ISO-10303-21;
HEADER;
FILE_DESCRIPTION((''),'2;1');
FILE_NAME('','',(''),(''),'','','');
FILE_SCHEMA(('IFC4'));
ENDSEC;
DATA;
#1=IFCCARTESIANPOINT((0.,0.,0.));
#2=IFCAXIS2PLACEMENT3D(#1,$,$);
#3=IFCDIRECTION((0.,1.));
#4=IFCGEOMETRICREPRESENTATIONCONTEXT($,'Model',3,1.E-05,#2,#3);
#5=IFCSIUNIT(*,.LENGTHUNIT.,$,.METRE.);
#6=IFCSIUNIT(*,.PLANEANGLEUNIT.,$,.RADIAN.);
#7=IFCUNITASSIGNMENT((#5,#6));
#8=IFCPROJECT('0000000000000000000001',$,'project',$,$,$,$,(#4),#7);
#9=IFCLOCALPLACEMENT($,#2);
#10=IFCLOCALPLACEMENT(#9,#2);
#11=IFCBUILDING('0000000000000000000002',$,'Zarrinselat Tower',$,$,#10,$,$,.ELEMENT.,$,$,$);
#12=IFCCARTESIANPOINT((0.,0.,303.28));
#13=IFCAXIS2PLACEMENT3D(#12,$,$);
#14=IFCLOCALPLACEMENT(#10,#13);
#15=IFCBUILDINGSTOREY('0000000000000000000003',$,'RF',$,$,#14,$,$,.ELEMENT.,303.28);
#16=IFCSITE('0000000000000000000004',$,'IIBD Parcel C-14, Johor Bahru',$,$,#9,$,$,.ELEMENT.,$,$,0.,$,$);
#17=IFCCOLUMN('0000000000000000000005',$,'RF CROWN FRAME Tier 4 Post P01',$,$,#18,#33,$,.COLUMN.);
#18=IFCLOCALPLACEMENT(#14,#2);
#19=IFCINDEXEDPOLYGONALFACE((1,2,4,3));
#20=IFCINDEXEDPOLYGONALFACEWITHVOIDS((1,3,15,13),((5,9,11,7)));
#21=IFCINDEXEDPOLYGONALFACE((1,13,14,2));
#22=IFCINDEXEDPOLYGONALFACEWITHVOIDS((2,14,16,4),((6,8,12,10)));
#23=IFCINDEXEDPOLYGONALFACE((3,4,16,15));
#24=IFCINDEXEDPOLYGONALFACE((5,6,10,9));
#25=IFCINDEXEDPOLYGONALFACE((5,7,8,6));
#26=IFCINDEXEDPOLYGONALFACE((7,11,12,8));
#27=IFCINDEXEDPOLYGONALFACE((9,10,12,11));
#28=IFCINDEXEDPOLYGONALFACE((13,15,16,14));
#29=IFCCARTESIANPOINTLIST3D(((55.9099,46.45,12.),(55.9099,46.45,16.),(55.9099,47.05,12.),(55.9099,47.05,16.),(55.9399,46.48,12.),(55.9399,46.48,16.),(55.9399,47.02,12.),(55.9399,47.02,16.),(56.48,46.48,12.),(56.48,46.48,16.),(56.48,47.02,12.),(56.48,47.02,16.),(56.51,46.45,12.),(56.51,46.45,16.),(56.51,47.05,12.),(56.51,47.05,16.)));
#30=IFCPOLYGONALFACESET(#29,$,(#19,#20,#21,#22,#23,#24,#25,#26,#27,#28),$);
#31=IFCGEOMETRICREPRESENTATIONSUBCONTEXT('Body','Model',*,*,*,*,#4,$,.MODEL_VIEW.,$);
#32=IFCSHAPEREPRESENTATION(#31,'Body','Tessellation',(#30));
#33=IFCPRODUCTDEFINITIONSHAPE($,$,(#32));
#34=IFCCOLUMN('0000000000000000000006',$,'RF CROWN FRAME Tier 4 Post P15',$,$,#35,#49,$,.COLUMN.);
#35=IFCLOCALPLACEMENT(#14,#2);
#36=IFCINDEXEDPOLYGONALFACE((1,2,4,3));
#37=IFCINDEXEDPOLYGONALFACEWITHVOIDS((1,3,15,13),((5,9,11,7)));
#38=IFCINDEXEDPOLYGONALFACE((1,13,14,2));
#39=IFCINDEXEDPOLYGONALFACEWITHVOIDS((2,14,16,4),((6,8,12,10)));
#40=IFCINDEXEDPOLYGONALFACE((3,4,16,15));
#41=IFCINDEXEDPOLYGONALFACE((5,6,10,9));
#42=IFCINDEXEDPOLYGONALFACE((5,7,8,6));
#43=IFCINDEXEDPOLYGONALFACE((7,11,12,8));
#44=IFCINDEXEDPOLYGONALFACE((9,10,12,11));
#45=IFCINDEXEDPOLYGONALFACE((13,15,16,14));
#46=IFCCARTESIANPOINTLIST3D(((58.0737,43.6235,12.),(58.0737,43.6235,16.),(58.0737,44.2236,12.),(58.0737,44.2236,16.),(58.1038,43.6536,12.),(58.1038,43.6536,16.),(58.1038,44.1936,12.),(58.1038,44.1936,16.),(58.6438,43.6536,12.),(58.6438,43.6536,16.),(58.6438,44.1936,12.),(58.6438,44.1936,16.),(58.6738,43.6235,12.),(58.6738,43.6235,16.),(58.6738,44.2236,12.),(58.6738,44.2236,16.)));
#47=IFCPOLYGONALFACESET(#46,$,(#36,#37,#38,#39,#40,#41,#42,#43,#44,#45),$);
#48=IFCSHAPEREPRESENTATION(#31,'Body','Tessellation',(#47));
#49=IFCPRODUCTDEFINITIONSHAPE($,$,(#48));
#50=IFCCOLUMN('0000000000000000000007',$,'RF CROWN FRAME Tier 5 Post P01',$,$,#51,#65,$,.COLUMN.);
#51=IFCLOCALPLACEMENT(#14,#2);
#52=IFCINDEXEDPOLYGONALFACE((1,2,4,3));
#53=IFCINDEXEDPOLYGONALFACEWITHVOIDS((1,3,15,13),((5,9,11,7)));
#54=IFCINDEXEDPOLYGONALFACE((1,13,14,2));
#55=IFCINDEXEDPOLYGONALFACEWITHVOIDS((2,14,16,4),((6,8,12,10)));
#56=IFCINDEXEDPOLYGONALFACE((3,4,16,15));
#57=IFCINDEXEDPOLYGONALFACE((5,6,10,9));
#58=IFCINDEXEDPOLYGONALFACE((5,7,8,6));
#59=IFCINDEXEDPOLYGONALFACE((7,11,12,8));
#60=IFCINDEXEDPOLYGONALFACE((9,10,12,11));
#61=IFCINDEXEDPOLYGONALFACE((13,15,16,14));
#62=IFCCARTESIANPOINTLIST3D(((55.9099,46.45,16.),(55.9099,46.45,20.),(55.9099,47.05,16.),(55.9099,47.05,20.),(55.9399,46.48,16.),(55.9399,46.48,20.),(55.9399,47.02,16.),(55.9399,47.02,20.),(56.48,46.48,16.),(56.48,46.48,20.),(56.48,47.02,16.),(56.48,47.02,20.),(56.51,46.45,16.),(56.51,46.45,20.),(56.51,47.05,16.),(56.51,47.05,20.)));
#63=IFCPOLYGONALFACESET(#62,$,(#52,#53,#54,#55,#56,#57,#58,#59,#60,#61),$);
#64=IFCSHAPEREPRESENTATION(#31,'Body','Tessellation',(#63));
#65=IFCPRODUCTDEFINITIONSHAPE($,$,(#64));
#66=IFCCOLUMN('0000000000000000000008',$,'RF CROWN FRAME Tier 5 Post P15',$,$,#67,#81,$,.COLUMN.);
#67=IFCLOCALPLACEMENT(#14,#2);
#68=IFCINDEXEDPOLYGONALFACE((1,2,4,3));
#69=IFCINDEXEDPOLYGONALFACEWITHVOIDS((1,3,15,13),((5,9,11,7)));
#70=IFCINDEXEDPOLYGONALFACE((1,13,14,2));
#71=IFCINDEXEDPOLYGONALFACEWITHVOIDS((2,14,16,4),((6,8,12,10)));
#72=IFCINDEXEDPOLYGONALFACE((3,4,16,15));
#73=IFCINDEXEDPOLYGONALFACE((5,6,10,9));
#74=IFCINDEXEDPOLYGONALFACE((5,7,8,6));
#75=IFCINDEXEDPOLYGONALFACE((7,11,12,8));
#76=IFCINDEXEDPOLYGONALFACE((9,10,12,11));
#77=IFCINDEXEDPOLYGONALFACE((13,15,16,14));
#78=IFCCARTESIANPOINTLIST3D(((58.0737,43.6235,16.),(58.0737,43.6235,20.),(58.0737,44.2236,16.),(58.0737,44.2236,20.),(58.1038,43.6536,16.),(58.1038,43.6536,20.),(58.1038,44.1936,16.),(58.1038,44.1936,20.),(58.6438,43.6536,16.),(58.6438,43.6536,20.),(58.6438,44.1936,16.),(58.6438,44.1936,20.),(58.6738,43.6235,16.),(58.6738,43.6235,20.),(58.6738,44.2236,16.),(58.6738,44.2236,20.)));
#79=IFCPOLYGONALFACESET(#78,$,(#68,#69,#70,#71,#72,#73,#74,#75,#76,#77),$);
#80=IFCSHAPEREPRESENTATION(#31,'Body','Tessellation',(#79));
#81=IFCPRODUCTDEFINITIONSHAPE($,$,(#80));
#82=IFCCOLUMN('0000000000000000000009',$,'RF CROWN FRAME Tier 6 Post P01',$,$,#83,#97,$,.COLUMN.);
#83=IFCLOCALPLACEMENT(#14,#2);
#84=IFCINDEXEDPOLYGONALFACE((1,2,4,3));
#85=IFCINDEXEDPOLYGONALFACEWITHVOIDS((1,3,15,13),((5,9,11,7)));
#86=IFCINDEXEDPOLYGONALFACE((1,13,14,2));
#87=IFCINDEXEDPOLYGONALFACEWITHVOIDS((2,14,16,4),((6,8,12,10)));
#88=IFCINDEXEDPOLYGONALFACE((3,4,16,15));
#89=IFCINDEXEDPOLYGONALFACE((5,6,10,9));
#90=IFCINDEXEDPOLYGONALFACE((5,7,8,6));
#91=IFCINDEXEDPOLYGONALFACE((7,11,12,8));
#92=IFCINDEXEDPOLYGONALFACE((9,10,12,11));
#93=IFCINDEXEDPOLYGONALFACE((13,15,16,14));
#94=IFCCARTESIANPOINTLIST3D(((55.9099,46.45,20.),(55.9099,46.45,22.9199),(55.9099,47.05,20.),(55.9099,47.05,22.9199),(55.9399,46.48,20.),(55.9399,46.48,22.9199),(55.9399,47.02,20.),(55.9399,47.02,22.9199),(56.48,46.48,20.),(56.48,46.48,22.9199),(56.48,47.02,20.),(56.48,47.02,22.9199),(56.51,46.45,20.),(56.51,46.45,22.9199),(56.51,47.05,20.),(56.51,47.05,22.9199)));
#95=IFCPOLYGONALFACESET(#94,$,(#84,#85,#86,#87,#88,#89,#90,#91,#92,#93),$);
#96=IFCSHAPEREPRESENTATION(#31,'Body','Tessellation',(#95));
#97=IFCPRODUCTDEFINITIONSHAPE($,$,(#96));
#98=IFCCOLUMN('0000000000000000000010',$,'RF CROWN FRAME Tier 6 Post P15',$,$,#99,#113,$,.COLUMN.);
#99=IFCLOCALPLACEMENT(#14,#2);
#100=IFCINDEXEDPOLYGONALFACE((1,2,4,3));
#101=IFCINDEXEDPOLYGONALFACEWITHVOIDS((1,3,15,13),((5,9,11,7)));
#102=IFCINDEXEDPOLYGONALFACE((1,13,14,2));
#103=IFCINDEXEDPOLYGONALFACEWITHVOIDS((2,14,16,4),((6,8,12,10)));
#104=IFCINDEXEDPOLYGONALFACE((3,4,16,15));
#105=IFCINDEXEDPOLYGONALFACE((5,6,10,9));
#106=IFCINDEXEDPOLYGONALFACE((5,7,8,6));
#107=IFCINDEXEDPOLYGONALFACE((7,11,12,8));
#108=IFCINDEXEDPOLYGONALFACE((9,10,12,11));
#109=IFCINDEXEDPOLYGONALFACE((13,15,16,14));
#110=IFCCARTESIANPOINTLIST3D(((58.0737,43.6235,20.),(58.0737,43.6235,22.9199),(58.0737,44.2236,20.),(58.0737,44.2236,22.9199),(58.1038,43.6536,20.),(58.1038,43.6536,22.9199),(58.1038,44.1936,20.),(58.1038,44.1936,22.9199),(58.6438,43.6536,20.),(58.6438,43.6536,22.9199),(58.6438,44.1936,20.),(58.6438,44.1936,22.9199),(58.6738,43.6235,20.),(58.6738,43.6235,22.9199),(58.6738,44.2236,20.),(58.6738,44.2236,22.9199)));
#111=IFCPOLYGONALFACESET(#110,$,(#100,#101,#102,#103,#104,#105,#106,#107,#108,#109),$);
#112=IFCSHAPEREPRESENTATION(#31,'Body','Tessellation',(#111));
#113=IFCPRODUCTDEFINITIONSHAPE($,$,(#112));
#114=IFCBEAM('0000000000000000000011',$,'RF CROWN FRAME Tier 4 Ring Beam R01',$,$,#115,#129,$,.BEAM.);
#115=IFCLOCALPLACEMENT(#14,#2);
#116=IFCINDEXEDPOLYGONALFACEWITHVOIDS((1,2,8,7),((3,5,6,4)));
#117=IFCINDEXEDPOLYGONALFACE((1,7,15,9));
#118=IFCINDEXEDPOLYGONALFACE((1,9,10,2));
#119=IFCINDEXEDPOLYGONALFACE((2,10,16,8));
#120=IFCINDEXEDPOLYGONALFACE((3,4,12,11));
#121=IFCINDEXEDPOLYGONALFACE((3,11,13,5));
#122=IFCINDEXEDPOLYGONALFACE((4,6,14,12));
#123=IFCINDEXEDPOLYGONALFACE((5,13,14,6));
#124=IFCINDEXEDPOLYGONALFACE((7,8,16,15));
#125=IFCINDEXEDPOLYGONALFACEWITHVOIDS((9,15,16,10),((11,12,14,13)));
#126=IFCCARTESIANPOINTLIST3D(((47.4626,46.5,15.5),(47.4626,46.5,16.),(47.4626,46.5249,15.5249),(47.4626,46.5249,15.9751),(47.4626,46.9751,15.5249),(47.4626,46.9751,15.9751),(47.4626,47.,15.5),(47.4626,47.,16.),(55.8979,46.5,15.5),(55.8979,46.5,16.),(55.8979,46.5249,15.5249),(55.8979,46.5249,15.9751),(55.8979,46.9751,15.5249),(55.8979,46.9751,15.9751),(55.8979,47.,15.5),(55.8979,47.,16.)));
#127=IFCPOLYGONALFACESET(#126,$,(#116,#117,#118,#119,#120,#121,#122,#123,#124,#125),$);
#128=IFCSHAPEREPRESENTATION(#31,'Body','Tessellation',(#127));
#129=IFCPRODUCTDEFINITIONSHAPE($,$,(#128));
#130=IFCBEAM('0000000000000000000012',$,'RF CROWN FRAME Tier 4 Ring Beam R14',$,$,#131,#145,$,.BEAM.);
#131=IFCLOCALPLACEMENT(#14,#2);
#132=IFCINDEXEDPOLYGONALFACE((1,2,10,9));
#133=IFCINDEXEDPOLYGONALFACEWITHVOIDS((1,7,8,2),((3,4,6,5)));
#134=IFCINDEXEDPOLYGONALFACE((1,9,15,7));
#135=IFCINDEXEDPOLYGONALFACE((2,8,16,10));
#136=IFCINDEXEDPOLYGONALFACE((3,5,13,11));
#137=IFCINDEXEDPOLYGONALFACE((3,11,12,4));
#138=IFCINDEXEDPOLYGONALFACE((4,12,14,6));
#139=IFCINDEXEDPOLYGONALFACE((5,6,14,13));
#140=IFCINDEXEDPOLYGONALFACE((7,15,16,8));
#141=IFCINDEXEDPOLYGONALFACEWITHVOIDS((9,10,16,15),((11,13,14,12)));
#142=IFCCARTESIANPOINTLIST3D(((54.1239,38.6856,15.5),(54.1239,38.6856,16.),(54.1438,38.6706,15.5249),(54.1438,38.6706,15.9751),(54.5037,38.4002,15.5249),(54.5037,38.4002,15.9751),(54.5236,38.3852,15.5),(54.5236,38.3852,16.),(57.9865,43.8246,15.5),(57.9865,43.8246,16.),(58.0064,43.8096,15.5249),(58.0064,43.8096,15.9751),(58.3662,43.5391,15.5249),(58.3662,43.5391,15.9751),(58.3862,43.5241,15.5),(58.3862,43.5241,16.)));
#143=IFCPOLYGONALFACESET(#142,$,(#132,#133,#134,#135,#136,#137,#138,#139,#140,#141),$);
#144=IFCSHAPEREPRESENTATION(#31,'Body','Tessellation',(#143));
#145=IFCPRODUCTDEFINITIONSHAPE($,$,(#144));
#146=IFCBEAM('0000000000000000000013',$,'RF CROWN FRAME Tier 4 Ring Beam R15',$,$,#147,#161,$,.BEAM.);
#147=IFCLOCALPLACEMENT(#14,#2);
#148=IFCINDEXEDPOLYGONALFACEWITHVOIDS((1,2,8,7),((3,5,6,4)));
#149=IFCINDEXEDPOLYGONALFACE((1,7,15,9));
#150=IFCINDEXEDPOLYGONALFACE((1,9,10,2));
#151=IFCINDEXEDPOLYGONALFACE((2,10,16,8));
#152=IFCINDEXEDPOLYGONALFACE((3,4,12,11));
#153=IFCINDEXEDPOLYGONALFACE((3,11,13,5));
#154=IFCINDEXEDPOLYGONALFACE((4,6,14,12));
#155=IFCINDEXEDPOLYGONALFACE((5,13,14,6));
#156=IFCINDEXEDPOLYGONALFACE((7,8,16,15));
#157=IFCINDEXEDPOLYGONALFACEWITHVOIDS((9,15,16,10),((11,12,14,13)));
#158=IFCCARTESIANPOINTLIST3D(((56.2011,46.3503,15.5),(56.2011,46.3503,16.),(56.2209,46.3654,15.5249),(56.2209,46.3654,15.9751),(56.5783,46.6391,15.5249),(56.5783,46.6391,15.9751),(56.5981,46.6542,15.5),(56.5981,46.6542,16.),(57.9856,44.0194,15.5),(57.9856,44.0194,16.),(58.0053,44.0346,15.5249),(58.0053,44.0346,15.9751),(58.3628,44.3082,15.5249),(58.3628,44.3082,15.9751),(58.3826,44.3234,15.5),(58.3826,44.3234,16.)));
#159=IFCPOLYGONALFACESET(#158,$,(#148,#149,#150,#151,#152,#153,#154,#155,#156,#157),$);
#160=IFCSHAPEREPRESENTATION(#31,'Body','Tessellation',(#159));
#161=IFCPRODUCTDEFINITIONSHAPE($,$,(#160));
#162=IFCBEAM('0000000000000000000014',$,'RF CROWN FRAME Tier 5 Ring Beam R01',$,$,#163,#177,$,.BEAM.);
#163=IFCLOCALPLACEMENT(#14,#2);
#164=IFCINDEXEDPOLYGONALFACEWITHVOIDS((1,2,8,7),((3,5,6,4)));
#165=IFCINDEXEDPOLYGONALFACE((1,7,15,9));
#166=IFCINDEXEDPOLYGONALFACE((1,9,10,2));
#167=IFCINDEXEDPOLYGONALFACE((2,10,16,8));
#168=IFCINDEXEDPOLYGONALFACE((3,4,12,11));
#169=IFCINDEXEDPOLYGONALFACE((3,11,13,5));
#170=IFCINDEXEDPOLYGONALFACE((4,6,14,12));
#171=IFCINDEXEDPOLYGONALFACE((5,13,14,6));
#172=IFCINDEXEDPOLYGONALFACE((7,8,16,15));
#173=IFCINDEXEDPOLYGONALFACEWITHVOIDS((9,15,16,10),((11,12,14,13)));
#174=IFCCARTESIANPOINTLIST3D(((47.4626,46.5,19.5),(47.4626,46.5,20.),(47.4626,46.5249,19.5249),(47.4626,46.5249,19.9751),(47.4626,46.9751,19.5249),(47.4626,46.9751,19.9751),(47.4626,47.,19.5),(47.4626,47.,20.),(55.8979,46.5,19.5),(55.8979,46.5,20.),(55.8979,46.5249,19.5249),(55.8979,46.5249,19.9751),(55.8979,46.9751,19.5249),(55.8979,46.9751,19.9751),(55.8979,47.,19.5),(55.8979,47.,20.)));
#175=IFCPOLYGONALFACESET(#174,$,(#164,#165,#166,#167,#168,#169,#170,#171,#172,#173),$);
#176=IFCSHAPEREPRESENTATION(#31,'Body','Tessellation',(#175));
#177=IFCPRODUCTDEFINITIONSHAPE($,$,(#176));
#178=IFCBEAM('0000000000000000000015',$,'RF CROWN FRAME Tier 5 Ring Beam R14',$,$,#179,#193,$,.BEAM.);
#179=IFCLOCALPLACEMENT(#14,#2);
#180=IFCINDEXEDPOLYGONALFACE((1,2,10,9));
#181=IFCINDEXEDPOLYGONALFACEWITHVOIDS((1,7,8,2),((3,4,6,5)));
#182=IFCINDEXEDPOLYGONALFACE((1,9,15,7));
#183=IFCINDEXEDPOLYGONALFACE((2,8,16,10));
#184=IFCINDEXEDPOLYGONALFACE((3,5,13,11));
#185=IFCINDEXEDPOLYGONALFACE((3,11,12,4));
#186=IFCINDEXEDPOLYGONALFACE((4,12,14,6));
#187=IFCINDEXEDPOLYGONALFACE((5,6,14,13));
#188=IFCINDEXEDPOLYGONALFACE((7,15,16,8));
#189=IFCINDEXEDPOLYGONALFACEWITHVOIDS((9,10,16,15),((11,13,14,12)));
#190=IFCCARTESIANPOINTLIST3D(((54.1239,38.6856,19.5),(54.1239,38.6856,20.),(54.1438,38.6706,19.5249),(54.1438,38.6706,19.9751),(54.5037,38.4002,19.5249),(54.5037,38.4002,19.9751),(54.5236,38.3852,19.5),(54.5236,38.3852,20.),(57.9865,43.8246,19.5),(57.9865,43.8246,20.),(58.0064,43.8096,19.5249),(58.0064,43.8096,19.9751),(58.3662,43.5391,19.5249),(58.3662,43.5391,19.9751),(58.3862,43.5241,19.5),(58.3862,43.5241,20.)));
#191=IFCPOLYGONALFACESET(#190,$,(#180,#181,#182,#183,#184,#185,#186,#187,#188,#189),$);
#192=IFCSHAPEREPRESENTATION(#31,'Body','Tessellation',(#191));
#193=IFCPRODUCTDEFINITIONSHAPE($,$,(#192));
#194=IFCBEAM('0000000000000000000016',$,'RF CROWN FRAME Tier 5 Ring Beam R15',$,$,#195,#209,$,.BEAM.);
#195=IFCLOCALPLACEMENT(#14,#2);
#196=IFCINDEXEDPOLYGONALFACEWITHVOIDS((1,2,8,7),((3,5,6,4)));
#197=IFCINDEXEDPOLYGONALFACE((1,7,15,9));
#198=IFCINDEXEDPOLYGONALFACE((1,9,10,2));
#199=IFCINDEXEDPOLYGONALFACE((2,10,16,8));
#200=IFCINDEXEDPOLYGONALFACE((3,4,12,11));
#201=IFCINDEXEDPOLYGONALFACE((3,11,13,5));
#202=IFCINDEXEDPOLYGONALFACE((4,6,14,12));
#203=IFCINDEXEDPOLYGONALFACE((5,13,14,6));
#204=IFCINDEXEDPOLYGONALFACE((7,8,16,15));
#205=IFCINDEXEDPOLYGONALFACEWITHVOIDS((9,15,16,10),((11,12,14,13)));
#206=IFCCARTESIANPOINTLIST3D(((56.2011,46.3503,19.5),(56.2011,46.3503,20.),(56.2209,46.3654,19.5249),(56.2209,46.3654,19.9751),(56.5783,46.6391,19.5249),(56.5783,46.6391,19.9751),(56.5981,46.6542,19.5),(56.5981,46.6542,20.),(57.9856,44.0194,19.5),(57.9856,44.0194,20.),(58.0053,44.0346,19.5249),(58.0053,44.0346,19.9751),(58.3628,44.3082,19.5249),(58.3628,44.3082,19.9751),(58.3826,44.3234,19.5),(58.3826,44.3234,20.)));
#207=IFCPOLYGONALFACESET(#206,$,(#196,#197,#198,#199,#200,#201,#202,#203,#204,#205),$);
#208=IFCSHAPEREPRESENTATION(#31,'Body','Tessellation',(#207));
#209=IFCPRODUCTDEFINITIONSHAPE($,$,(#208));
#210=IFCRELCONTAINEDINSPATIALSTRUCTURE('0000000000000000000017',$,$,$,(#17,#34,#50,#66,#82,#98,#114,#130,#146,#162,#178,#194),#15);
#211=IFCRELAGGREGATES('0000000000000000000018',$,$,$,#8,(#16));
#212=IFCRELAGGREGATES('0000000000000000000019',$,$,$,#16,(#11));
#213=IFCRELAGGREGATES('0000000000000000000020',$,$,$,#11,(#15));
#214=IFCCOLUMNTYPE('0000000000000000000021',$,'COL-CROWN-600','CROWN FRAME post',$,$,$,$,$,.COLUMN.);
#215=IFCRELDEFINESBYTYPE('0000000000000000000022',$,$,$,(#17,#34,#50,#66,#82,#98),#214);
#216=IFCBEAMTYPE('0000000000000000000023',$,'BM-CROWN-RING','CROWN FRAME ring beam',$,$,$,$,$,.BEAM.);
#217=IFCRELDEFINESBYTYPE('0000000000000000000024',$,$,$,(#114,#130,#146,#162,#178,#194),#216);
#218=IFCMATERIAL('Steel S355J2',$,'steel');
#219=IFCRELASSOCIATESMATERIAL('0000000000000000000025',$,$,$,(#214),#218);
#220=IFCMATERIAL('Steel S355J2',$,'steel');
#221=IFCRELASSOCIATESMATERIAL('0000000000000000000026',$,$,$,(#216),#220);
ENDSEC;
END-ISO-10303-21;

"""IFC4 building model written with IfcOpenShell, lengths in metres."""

from ifc_helpers import new_model, si_unit, direction, frame, origin, origin_2d, place, context, subcontext, project, spatial, hollow_rectangle, extrude, material, material_profile, profile_set, type_object, element, save


model = new_model("IFC4")

# Units and contexts
model_context = context("Model", 3, precision=1e-05, world=origin(), true_north=direction((0.0, 1.0)))
body_context = subcontext(model_context, "Body", "Model", "MODEL_VIEW")
ifc_project = project(units=[si_unit("LENGTHUNIT", "METRE"), si_unit("PLANEANGLEUNIT", "RADIAN")], contexts=[model_context])

# Site, building, storey
site_placement = place(None, origin())
site = spatial("IfcSite", under=ifc_project, at=site_placement, Name="IIBD Parcel C-14, Johor Bahru", CompositionType="ELEMENT", RefElevation=0.0)
building_placement = place(site_placement, origin())
building = spatial("IfcBuilding", under=site, at=building_placement, Name="Zarrinselat Tower", CompositionType="ELEMENT")
storey_placement = place(building_placement, frame((0.0, 0.0, 303.28)))
storey = spatial("IfcBuildingStorey", under=building, at=storey_placement, Name="RF", CompositionType="ELEMENT", Elevation=303.28)

# Columns
ifc_material_1 = material(Name="Steel S355J2", Category="steel")
ifc_material_profile_1 = material_profile(ifc_material_1, hollow_rectangle(XDim=0.6001, YDim=0.6001, WallThickness=0.03, at=origin_2d()), Name="SHS 600x600x30")
ifc_profile_set_1 = profile_set([ifc_material_profile_1], Name="Steel S355J2")
column_type = type_object("IfcColumnType", Name="COL-CROWN-600", Description="CROWN FRAME post", PredefinedType="COLUMN", material=ifc_profile_set_1)
for number, where, z_axis, x_axis, name in (
    (1, (56.21, 46.75, 12.0), (0.0, 0.0, 1.0), (1.0, 0.0, 0.0), "RF CROWN FRAME Tier 4 Post P01"),
    (2, (58.3738, 43.9236, 12.0), (0.0, 0.0, 1.0), (1.0, 0.0, 0.0), "RF CROWN FRAME Tier 4 Post P15"),
    (3, (56.21, 46.75, 16.0), (0.0, 0.0, 1.0), (1.0, 0.0, 0.0), "RF CROWN FRAME Tier 5 Post P01"),
    (4, (58.3738, 43.9236, 16.0), (0.0, 0.0, 1.0), (1.0, 0.0, 0.0), "RF CROWN FRAME Tier 5 Post P15"),
):
    element("IfcColumn", number, at=place(storey_placement, frame(where, z_axis=z_axis, x_axis=x_axis)), inside=storey, type_object=column_type, Name=name, PredefinedType="COLUMN", context=body_context, shape_type="SweptSolid", body=[
        extrude(hollow_rectangle(XDim=0.6001, YDim=0.6001, WallThickness=0.03, at=origin_2d()), origin(), (0.0, 0.0, 1.0), 4.0),
    ])
for number, where, z_axis, x_axis, name in (
    (5, (56.21, 46.75, 20.0), (0.0, 0.0, 1.0), (1.0, 0.0, 0.0), "RF CROWN FRAME Tier 6 Post P01"),
    (6, (58.3738, 43.9236, 20.0), (0.0, 0.0, 1.0), (1.0, 0.0, 0.0), "RF CROWN FRAME Tier 6 Post P15"),
):
    element("IfcColumn", number, at=place(storey_placement, frame(where, z_axis=z_axis, x_axis=x_axis)), inside=storey, type_object=column_type, Name=name, PredefinedType="COLUMN", context=body_context, shape_type="SweptSolid", body=[
        extrude(hollow_rectangle(XDim=0.6001, YDim=0.6001, WallThickness=0.03, at=origin_2d()), origin(), (0.0, 0.0, 1.0), 2.9199),
    ])

# Beams
ifc_material_2 = material(Name="Steel S355J2", Category="steel")
ifc_material_profile_2 = material_profile(ifc_material_2, hollow_rectangle(XDim=0.5, YDim=0.5, WallThickness=0.0249, at=origin_2d()), Name="SHS 500x500x25")
ifc_profile_set_2 = profile_set([ifc_material_profile_2], Name="Steel S355J2")
beam_type = type_object("IfcBeamType", Name="BM-CROWN-RING", Description="CROWN FRAME ring beam", PredefinedType="BEAM", material=ifc_profile_set_2)
beam_1_placement = place(storey_placement, frame((55.8979, 46.75, 15.75), z_axis=(-1.0, 0.0, 0.0), x_axis=(0.0, -1.0, 0.0)))
element("IfcBeam", 7, at=beam_1_placement, inside=storey, type_object=beam_type, Name="RF CROWN FRAME Tier 4 Ring Beam R01", PredefinedType="BEAM", context=body_context, shape_type="SweptSolid", body=[
    extrude(hollow_rectangle(XDim=0.5, YDim=0.5, WallThickness=0.0249, at=origin_2d()), origin(), (0.0, 0.0, 1.0), 8.4353),
])
beam_2_placement = place(storey_placement, frame((54.3237, 38.5354, 15.75), z_axis=(0.600832, 0.799375, 0.0), x_axis=(-0.799375, 0.600832, 0.0)))
element("IfcBeam", 8, at=beam_2_placement, inside=storey, type_object=beam_type, Name="RF CROWN FRAME Tier 4 Ring Beam R14", PredefinedType="BEAM", context=body_context, shape_type="SweptSolid", body=[
    extrude(hollow_rectangle(XDim=0.5, YDim=0.5, WallThickness=0.0249, at=origin_2d()), origin(), (0.0, 0.0, 1.0), 6.4287),
])
beam_3_placement = place(storey_placement, frame((58.1841, 44.1714, 15.75), z_axis=(-0.607888, 0.794022, 0.0), x_axis=(-0.794022, -0.607888, 0.0)))
element("IfcBeam", 9, at=beam_3_placement, inside=storey, type_object=beam_type, Name="RF CROWN FRAME Tier 4 Ring Beam R15", PredefinedType="BEAM", context=body_context, shape_type="SweptSolid", body=[
    extrude(hollow_rectangle(XDim=0.5, YDim=0.5, WallThickness=0.0249, at=origin_2d()), origin(), (0.0, 0.0, 1.0), 2.9355),
])
beam_4_placement = place(storey_placement, frame((55.8979, 46.75, 19.75), z_axis=(-1.0, 0.0, 0.0), x_axis=(0.0, -1.0, 0.0)))
element("IfcBeam", 10, at=beam_4_placement, inside=storey, type_object=beam_type, Name="RF CROWN FRAME Tier 5 Ring Beam R01", PredefinedType="BEAM", context=body_context, shape_type="SweptSolid", body=[
    extrude(hollow_rectangle(XDim=0.5, YDim=0.5, WallThickness=0.0249, at=origin_2d()), origin(), (0.0, 0.0, 1.0), 8.4353),
])
beam_5_placement = place(storey_placement, frame((54.3237, 38.5354, 19.75), z_axis=(0.600832, 0.799375, 0.0), x_axis=(-0.799375, 0.600832, 0.0)))
element("IfcBeam", 11, at=beam_5_placement, inside=storey, type_object=beam_type, Name="RF CROWN FRAME Tier 5 Ring Beam R14", PredefinedType="BEAM", context=body_context, shape_type="SweptSolid", body=[
    extrude(hollow_rectangle(XDim=0.5, YDim=0.5, WallThickness=0.0249, at=origin_2d()), origin(), (0.0, 0.0, 1.0), 6.4287),
])
beam_6_placement = place(storey_placement, frame((58.1841, 44.1714, 19.75), z_axis=(-0.607888, 0.794022, 0.0), x_axis=(-0.794022, -0.607888, 0.0)))
element("IfcBeam", 12, at=beam_6_placement, inside=storey, type_object=beam_type, Name="RF CROWN FRAME Tier 5 Ring Beam R15", PredefinedType="BEAM", context=body_context, shape_type="SweptSolid", body=[
    extrude(hollow_rectangle(XDim=0.5, YDim=0.5, WallThickness=0.0249, at=origin_2d()), origin(), (0.0, 0.0, 1.0), 2.9355),
])

save(model, "model.ifc")
